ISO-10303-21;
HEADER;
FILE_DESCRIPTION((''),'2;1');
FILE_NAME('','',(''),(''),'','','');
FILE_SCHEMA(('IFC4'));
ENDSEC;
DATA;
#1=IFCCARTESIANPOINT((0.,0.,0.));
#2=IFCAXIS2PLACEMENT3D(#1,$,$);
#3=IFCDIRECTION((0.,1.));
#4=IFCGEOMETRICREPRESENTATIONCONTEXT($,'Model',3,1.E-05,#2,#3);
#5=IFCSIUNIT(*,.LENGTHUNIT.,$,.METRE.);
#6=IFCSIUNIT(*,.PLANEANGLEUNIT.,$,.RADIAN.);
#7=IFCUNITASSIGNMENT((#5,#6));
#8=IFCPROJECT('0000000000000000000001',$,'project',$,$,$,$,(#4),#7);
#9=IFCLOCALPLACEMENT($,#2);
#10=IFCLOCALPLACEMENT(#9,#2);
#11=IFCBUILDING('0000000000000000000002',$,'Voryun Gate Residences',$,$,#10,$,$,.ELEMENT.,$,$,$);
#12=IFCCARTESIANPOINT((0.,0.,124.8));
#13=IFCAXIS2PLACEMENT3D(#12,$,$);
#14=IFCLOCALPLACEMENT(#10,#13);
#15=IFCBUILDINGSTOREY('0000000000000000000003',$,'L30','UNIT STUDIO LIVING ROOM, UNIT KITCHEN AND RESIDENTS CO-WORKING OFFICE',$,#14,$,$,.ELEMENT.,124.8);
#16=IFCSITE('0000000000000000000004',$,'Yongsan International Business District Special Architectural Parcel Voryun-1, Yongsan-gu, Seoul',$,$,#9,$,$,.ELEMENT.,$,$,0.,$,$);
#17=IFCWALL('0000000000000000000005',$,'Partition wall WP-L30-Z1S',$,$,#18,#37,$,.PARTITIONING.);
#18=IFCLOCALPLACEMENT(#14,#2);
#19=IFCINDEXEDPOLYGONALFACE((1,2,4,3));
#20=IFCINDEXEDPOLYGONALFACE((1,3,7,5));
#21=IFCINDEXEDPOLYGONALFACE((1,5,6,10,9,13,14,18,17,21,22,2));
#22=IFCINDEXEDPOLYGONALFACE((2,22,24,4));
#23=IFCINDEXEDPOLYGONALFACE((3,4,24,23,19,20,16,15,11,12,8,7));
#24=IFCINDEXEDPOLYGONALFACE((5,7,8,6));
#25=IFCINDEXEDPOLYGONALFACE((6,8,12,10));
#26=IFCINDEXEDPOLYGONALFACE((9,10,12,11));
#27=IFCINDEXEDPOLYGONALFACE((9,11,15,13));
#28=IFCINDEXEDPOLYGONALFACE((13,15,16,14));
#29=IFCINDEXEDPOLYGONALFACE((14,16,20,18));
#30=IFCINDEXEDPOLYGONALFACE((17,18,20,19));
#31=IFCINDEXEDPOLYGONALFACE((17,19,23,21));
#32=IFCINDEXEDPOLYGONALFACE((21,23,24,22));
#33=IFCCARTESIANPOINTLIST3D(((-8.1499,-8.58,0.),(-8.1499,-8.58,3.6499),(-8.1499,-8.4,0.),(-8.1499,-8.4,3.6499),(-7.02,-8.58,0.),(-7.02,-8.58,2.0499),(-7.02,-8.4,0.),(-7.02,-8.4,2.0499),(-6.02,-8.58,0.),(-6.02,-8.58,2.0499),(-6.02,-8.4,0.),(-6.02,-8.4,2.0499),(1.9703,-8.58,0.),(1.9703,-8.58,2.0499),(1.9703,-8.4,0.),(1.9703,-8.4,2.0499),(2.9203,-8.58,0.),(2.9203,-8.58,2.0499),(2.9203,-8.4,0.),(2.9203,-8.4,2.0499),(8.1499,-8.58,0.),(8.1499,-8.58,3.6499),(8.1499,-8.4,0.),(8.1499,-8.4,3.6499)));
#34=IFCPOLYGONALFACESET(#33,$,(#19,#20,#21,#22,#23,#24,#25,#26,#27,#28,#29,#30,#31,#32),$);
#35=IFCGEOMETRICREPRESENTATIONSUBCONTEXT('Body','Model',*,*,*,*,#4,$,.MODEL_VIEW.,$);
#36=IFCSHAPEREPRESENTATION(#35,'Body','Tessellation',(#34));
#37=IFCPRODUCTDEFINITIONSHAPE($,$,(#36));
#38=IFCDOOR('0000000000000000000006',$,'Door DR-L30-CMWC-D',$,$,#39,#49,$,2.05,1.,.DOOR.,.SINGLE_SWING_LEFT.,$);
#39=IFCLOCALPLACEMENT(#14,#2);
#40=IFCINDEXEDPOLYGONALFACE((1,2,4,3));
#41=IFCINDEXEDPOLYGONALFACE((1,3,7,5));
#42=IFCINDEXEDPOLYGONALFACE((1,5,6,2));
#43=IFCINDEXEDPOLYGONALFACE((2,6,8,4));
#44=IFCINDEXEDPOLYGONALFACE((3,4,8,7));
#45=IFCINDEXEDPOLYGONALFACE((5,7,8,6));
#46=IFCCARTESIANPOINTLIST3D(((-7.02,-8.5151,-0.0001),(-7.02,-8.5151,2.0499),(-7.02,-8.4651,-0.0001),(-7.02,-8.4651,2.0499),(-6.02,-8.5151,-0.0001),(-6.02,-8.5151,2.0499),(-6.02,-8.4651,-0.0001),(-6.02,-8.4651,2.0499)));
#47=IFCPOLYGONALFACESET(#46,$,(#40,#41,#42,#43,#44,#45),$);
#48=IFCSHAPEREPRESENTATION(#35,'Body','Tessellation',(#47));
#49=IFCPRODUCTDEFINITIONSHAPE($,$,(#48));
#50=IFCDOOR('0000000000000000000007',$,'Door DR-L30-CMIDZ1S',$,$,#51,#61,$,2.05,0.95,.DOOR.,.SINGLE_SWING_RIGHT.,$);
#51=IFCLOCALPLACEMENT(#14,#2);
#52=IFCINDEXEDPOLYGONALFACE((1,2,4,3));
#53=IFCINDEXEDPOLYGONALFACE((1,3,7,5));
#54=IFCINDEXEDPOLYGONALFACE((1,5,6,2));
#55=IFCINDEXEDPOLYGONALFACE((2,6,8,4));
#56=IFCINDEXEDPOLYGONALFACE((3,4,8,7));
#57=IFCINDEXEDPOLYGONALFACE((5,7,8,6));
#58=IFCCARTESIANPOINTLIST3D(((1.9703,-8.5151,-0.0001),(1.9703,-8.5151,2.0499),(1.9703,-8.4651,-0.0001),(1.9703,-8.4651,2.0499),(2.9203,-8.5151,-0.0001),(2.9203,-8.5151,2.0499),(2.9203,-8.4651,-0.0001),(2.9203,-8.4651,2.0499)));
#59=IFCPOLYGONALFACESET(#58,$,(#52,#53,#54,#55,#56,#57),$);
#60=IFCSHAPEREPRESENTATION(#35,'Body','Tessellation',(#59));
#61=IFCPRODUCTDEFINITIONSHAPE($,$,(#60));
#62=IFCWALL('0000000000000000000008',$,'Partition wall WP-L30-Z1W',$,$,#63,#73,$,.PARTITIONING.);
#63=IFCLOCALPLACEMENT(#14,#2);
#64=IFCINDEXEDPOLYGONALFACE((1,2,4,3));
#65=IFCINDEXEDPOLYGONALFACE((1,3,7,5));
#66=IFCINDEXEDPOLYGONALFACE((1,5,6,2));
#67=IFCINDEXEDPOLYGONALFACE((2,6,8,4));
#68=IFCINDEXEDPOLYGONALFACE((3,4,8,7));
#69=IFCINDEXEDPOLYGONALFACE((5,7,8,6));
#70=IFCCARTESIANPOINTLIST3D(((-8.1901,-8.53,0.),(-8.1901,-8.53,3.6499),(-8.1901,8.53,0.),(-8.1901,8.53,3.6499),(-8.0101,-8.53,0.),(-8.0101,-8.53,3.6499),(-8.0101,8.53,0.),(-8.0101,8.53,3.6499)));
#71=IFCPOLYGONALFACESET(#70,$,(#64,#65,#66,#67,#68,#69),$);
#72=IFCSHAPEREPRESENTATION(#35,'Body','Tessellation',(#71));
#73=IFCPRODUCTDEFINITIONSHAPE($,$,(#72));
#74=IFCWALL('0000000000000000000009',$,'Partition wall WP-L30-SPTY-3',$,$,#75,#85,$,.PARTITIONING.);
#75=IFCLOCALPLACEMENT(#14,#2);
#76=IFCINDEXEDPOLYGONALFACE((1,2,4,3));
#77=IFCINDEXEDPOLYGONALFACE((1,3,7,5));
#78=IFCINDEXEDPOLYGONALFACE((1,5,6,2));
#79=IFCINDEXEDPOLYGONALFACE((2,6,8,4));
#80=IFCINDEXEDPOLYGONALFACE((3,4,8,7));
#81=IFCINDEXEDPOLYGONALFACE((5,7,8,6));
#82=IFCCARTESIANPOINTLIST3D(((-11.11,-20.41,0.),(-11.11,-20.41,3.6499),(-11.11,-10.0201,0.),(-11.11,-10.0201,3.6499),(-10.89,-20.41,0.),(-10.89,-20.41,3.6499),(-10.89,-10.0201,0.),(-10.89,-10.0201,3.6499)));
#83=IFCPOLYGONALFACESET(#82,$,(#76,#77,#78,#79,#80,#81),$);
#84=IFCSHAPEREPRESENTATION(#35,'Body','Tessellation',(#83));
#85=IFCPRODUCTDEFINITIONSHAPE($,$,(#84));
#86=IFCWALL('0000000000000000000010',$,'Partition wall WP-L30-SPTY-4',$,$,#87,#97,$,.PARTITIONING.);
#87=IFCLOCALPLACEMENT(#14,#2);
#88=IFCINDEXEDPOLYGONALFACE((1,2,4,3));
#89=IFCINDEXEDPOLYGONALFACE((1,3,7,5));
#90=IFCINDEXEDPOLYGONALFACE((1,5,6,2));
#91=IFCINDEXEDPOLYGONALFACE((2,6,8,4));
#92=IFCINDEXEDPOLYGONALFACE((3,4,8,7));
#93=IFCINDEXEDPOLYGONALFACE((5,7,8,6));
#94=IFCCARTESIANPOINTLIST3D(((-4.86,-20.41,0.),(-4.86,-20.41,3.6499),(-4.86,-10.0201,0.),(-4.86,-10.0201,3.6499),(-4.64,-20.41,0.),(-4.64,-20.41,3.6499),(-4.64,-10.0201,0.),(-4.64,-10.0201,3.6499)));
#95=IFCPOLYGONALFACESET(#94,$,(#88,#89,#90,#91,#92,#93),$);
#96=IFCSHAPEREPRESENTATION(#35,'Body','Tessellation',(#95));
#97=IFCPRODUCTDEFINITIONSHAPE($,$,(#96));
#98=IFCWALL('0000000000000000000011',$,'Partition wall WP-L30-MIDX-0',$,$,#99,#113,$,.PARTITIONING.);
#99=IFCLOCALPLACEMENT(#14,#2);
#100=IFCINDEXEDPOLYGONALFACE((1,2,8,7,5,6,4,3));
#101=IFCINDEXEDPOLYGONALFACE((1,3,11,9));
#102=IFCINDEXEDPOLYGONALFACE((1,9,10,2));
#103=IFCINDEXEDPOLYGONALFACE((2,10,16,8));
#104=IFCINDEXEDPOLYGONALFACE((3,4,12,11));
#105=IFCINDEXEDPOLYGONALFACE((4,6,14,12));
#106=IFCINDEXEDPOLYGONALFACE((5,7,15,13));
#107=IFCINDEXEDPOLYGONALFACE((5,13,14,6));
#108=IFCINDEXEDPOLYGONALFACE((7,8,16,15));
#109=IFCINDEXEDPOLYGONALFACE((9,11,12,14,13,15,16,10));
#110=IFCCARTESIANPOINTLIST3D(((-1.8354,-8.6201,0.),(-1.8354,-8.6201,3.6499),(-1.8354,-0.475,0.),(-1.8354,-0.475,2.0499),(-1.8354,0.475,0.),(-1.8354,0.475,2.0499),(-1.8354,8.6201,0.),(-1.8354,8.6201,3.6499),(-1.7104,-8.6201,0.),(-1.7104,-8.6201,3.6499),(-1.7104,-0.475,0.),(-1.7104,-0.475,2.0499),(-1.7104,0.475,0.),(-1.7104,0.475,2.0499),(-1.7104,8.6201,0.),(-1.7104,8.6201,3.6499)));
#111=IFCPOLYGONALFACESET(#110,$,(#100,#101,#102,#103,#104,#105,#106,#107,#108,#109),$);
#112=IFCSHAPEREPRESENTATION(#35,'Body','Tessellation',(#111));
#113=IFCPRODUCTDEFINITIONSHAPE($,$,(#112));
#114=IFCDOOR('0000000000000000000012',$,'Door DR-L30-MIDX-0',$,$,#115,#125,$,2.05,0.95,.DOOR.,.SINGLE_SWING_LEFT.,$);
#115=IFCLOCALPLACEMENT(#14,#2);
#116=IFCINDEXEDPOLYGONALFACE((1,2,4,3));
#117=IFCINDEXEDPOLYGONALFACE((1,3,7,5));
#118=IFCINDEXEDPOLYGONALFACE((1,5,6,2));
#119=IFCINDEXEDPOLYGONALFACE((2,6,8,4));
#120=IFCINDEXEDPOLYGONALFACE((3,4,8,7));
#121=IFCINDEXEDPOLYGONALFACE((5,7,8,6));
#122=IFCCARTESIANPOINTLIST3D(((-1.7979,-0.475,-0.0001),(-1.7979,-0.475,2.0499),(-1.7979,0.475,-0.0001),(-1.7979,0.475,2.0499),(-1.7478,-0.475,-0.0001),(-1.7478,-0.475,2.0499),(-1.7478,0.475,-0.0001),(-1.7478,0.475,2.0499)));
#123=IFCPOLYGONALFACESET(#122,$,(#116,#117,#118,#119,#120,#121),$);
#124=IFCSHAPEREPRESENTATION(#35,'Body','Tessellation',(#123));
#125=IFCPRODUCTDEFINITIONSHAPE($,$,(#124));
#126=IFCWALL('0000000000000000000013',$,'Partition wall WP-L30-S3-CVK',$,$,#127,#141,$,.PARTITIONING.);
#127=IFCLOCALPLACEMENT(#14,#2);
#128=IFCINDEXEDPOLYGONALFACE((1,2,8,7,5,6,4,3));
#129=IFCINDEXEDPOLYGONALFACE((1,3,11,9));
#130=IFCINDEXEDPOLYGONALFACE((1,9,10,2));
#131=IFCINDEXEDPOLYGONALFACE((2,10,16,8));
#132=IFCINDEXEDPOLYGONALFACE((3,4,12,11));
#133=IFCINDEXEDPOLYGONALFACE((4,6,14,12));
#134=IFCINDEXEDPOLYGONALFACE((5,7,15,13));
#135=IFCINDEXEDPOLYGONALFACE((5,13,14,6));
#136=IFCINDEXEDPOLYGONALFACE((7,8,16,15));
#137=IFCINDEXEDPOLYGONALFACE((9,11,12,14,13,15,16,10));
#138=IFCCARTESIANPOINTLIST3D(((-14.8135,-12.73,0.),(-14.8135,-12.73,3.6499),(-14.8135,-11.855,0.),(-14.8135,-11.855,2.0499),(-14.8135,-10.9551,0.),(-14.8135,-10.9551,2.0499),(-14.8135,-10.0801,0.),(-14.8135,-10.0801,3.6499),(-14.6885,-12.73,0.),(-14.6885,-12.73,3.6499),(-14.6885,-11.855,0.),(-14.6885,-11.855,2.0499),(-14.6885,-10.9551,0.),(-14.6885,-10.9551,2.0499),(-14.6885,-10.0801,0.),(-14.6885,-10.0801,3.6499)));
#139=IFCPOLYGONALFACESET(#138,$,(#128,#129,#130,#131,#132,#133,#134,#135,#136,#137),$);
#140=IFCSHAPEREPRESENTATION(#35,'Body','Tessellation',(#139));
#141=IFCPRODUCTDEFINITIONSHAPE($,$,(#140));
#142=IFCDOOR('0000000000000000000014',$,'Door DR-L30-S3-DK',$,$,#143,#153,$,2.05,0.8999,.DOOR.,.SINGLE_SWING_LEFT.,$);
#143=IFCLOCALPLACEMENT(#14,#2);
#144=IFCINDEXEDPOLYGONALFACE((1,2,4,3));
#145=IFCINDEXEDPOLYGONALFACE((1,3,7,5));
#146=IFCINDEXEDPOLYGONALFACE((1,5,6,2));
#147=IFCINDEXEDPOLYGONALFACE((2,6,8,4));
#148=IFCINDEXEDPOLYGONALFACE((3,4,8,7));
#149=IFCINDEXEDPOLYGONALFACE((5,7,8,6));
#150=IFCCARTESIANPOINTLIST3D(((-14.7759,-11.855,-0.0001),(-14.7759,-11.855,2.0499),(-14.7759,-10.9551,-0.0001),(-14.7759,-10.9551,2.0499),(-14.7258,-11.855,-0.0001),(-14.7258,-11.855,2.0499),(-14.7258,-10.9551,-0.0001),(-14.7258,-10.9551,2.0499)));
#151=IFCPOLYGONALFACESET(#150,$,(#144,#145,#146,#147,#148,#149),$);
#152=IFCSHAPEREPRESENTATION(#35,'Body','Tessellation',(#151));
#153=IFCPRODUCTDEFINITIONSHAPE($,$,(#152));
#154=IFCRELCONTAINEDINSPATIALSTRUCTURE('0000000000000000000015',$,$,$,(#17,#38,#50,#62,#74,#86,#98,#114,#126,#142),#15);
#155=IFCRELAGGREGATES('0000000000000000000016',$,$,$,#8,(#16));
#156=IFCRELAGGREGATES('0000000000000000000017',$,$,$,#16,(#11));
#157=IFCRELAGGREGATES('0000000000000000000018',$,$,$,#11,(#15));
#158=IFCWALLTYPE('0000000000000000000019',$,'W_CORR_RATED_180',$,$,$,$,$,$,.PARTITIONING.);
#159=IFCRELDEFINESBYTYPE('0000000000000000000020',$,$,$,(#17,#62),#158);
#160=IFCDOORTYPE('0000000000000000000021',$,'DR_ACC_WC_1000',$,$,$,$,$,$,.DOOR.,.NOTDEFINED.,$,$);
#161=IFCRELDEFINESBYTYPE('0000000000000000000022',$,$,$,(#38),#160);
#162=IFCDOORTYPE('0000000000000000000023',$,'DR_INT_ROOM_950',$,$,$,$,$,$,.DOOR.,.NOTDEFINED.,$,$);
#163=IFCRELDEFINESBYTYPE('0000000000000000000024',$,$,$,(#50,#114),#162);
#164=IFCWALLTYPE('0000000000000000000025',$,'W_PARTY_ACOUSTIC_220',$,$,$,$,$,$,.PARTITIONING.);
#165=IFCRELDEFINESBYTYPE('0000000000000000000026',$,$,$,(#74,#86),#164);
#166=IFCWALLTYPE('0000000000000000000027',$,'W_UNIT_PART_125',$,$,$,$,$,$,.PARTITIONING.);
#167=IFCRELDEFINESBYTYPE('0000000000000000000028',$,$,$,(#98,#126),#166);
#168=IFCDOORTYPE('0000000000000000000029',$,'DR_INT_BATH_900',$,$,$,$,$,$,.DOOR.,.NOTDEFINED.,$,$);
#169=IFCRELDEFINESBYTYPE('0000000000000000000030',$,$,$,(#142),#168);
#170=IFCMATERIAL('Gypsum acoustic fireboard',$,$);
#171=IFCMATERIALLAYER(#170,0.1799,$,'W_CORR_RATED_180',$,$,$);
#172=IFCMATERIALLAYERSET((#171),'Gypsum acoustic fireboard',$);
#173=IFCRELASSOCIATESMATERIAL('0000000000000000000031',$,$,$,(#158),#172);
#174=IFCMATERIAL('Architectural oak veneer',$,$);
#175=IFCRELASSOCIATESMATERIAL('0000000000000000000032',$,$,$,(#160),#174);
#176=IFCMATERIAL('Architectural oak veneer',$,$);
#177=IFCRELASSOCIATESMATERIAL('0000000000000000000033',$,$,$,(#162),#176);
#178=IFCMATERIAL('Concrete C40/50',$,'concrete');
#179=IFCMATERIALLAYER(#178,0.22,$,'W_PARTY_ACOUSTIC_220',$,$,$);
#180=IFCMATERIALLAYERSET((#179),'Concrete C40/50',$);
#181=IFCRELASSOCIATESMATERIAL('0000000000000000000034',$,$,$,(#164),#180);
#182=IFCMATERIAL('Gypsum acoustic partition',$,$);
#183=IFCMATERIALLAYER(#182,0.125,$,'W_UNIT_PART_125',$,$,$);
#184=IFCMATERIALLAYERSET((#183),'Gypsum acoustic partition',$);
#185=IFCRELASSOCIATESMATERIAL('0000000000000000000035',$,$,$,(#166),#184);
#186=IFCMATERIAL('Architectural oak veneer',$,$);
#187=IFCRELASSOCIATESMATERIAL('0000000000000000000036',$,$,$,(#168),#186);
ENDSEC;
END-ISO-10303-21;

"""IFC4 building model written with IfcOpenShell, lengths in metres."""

from ifc_helpers import new_model, si_unit, direction, frame, frame_2d, origin, place, context, subcontext, project, spatial, rectangle, extrude, material, layer, layer_set, type_object, element, fill, save


model = new_model("IFC4")

# Units and contexts
model_context = context("Model", 3, precision=1e-05, world=origin(), true_north=direction((0.0, 1.0)))
body_context = subcontext(model_context, "Body", "Model", "MODEL_VIEW")
ifc_project = project(units=[si_unit("LENGTHUNIT", "METRE"), si_unit("PLANEANGLEUNIT", "RADIAN")], contexts=[model_context])

# Site, building, storey
site_placement = place(None, origin())
site = spatial("IfcSite", under=ifc_project, at=site_placement, Name="Yongsan International Business District Special Architectural Parcel Voryun-1, Yongsan-gu, Seoul", CompositionType="ELEMENT", RefElevation=0.0)
building_placement = place(site_placement, origin())
building = spatial("IfcBuilding", under=site, at=building_placement, Name="Voryun Gate Residences", CompositionType="ELEMENT")
storey_placement = place(building_placement, frame((0.0, 0.0, 124.8)))
storey = spatial("IfcBuildingStorey", under=building, at=storey_placement, Name="L30", Description="UNIT STUDIO LIVING ROOM, UNIT KITCHEN AND RESIDENTS CO-WORKING OFFICE", CompositionType="ELEMENT", Elevation=124.8)

# Shared definitions
ifc_material_1 = material(Name="Gypsum acoustic fireboard")
ifc_layer_1 = layer(ifc_material_1, 0.1799, Name="W_CORR_RATED_180")
ifc_layer_set_1 = layer_set([ifc_layer_1], Name="Gypsum acoustic fireboard")
wall_type_1 = type_object("IfcWallType", Name="W_CORR_RATED_180", PredefinedType="PARTITIONING", material=ifc_layer_set_1)

# Wall, openings, doors
wall_1_placement = place(storey_placement, frame((-8.1499, -8.49, 0.0), z_axis=(0.0, 0.0, 1.0), x_axis=(1.0, 0.0, 0.0)))
wall_1 = element("IfcWall", 1, at=wall_1_placement, inside=storey, type_object=wall_type_1, Name="Partition wall WP-L30-Z1S", PredefinedType="PARTITIONING", context=body_context, shape_type="SweptSolid", body=[
    extrude(rectangle(XDim=16.2998, YDim=0.1799, at=frame_2d((8.1499, 0.0))), origin(), (0.0, 0.0, 1.0), 3.6499),
])
opening_1_placement = place(wall_1_placement, frame((1.1299, 0.0, 0.0)))
opening_1 = element("IfcOpeningElement", 2, at=opening_1_placement, cuts=wall_1, PredefinedType="OPENING", context=body_context, shape_type="SweptSolid", body=[
    extrude(rectangle(XDim=1.0, YDim=2.05, at=frame_2d((0.5, 1.0249))), frame((0.0, 0.0999, 0.0), z_axis=(0.0, -1.0, 0.0), x_axis=(1.0, 0.0, 0.0)), (0.0, 0.0, 1.0), 0.2),
])
opening_2_placement = place(wall_1_placement, frame((10.1201, 0.0, 0.0)))
opening_2 = element("IfcOpeningElement", 3, at=opening_2_placement, cuts=wall_1, PredefinedType="OPENING", context=body_context, shape_type="SweptSolid", body=[
    extrude(rectangle(XDim=0.95, YDim=2.05, at=frame_2d((0.4751, 1.0249))), frame((0.0, 0.0999, 0.0), z_axis=(0.0, -1.0, 0.0), x_axis=(1.0, 0.0, 0.0)), (0.0, 0.0, 1.0), 0.2),
])
ifc_material_2 = material(Name="Architectural oak veneer")
door_type_1 = type_object("IfcDoorType", Name="DR_ACC_WC_1000", OperationType="NOTDEFINED", PredefinedType="DOOR", material=ifc_material_2)
door_1_placement = place(opening_1_placement, origin())
door_1 = element("IfcDoor", 4, at=door_1_placement, inside=storey, type_object=door_type_1, Name="Door DR-L30-CMWC-D", OperationType="SINGLE_SWING_LEFT", OverallHeight=2.05, OverallWidth=1.0, PredefinedType="DOOR", context=body_context, shape_type="SweptSolid", body=[
    extrude(rectangle(XDim=1.0, YDim=2.05, at=frame_2d((0.5, 1.0249))), frame((0.0, 0.0249, 0.0), z_axis=(0.0, -1.0, 0.0), x_axis=(1.0, 0.0, 0.0)), (0.0, 0.0, 1.0), 0.05),
])
fill(opening_1, door_1)
ifc_material_3 = material(Name="Architectural oak veneer")
door_type_2 = type_object("IfcDoorType", Name="DR_INT_ROOM_950", OperationType="NOTDEFINED", PredefinedType="DOOR", material=ifc_material_3)
door_2_placement = place(opening_2_placement, origin())
door_2 = element("IfcDoor", 5, at=door_2_placement, inside=storey, type_object=door_type_2, Name="Door DR-L30-CMIDZ1S", OperationType="SINGLE_SWING_RIGHT", OverallHeight=2.05, OverallWidth=0.95, PredefinedType="DOOR", context=body_context, shape_type="SweptSolid", body=[
    extrude(rectangle(XDim=0.95, YDim=2.05, at=frame_2d((0.4751, 1.0249))), frame((0.0, 0.0249, 0.0), z_axis=(0.0, -1.0, 0.0), x_axis=(1.0, 0.0, 0.0)), (0.0, 0.0, 1.0), 0.05),
])
fill(opening_2, door_2)

# Walls
wall_2_placement = place(storey_placement, frame((-8.1001, -8.53, 0.0), z_axis=(0.0, 0.0, 1.0), x_axis=(0.0, 1.0, 0.0)))
element("IfcWall", 6, at=wall_2_placement, inside=storey, type_object=wall_type_1, Name="Partition wall WP-L30-Z1W", PredefinedType="PARTITIONING", context=body_context, shape_type="SweptSolid", body=[
    extrude(rectangle(XDim=17.0601, YDim=0.1799, at=frame_2d((8.53, 0.0))), origin(), (0.0, 0.0, 1.0), 3.6499),
])
ifc_material_4 = material(Name="Concrete C40/50", Category="concrete")
ifc_layer_2 = layer(ifc_material_4, 0.22, Name="W_PARTY_ACOUSTIC_220")
ifc_layer_set_2 = layer_set([ifc_layer_2], Name="Concrete C40/50")
wall_type_2 = type_object("IfcWallType", Name="W_PARTY_ACOUSTIC_220", PredefinedType="PARTITIONING", material=ifc_layer_set_2)
for number, where, z_axis, x_axis, name in (
    (7, (-11.0, -20.4099, 0.0), (0.0, 0.0, 1.0), (0.0, 1.0, 0.0), "Partition wall WP-L30-SPTY-3"),
    (8, (-4.75, -20.4099, 0.0), (0.0, 0.0, 1.0), (0.0, 1.0, 0.0), "Partition wall WP-L30-SPTY-4"),
):
    element("IfcWall", number, at=place(storey_placement, frame(where, z_axis=z_axis, x_axis=x_axis)), inside=storey, type_object=wall_type_2, Name=name, PredefinedType="PARTITIONING", context=body_context, shape_type="SweptSolid", body=[
        extrude(rectangle(XDim=10.3899, YDim=0.22, at=frame_2d((5.1948, 0.0))), origin(), (0.0, 0.0, 1.0), 3.6499),
    ])

# Walls, openings, doors
ifc_material_5 = material(Name="Gypsum acoustic partition")
ifc_layer_3 = layer(ifc_material_5, 0.125, Name="W_UNIT_PART_125")
ifc_layer_set_3 = layer_set([ifc_layer_3], Name="Gypsum acoustic partition")
wall_type_3 = type_object("IfcWallType", Name="W_UNIT_PART_125", PredefinedType="PARTITIONING", material=ifc_layer_set_3)
wall_3_placement = place(storey_placement, frame((-1.7729, -8.6201, 0.0), z_axis=(0.0, 0.0, 1.0), x_axis=(0.0, 1.0, 0.0)))
wall_3 = element("IfcWall", 9, at=wall_3_placement, inside=storey, type_object=wall_type_3, Name="Partition wall WP-L30-MIDX-0", PredefinedType="PARTITIONING", context=body_context, shape_type="SweptSolid", body=[
    extrude(rectangle(XDim=17.2402, YDim=0.125, at=frame_2d((8.6201, 0.0))), origin(), (0.0, 0.0, 1.0), 3.6499),
])
opening_3_placement = place(wall_3_placement, frame((8.145, 0.0, 0.0)))
opening_3 = element("IfcOpeningElement", 10, at=opening_3_placement, cuts=wall_3, PredefinedType="OPENING", context=body_context, shape_type="SweptSolid", body=[
    extrude(rectangle(XDim=0.95, YDim=2.05, at=frame_2d((0.4751, 1.0249))), frame((0.0, 0.0725, 0.0), z_axis=(0.0, -1.0, 0.0), x_axis=(1.0, 0.0, 0.0)), (0.0, 0.0, 1.0), 0.145),
])
door_3_placement = place(opening_3_placement, origin())
door_3 = element("IfcDoor", 11, at=door_3_placement, inside=storey, type_object=door_type_2, Name="Door DR-L30-MIDX-0", OperationType="SINGLE_SWING_LEFT", OverallHeight=2.05, OverallWidth=0.95, PredefinedType="DOOR", context=body_context, shape_type="SweptSolid", body=[
    extrude(rectangle(XDim=0.95, YDim=2.05, at=frame_2d((0.4751, 1.0249))), frame((0.0, 0.0249, 0.0), z_axis=(0.0, -1.0, 0.0), x_axis=(1.0, 0.0, 0.0)), (0.0, 0.0, 1.0), 0.05),
])
fill(opening_3, door_3)
wall_4_placement = place(storey_placement, frame((-14.751, -12.73, 0.0), z_axis=(0.0, 0.0, 1.0), x_axis=(0.0, 1.0, 0.0)))
wall_4 = element("IfcWall", 12, at=wall_4_placement, inside=storey, type_object=wall_type_3, Name="Partition wall WP-L30-S3-CVK", PredefinedType="PARTITIONING", context=body_context, shape_type="SweptSolid", body=[
    extrude(rectangle(XDim=2.6499, YDim=0.125, at=frame_2d((1.325, 0.0))), origin(), (0.0, 0.0, 1.0), 3.6499),
])
opening_4_placement = place(wall_4_placement, frame((0.875, 0.0, 0.0)))
opening_4 = element("IfcOpeningElement", 13, at=opening_4_placement, cuts=wall_4, PredefinedType="OPENING", context=body_context, shape_type="SweptSolid", body=[
    extrude(rectangle(XDim=0.8999, YDim=2.05, at=frame_2d((0.45, 1.0249))), frame((0.0, 0.0725, 0.0), z_axis=(0.0, -1.0, 0.0), x_axis=(1.0, 0.0, 0.0)), (0.0, 0.0, 1.0), 0.145),
])
ifc_material_6 = material(Name="Architectural oak veneer")
door_type_3 = type_object("IfcDoorType", Name="DR_INT_BATH_900", OperationType="NOTDEFINED", PredefinedType="DOOR", material=ifc_material_6)
door_4_placement = place(opening_4_placement, origin())
door_4 = element("IfcDoor", 14, at=door_4_placement, inside=storey, type_object=door_type_3, Name="Door DR-L30-S3-DK", OperationType="SINGLE_SWING_LEFT", OverallHeight=2.05, OverallWidth=0.8999, PredefinedType="DOOR", context=body_context, shape_type="SweptSolid", body=[
    extrude(rectangle(XDim=0.8999, YDim=2.05, at=frame_2d((0.45, 1.0249))), frame((0.0, 0.0249, 0.0), z_axis=(0.0, -1.0, 0.0), x_axis=(1.0, 0.0, 0.0)), (0.0, 0.0, 1.0), 0.05),
])
fill(opening_4, door_4)

save(model, "model.ifc")
